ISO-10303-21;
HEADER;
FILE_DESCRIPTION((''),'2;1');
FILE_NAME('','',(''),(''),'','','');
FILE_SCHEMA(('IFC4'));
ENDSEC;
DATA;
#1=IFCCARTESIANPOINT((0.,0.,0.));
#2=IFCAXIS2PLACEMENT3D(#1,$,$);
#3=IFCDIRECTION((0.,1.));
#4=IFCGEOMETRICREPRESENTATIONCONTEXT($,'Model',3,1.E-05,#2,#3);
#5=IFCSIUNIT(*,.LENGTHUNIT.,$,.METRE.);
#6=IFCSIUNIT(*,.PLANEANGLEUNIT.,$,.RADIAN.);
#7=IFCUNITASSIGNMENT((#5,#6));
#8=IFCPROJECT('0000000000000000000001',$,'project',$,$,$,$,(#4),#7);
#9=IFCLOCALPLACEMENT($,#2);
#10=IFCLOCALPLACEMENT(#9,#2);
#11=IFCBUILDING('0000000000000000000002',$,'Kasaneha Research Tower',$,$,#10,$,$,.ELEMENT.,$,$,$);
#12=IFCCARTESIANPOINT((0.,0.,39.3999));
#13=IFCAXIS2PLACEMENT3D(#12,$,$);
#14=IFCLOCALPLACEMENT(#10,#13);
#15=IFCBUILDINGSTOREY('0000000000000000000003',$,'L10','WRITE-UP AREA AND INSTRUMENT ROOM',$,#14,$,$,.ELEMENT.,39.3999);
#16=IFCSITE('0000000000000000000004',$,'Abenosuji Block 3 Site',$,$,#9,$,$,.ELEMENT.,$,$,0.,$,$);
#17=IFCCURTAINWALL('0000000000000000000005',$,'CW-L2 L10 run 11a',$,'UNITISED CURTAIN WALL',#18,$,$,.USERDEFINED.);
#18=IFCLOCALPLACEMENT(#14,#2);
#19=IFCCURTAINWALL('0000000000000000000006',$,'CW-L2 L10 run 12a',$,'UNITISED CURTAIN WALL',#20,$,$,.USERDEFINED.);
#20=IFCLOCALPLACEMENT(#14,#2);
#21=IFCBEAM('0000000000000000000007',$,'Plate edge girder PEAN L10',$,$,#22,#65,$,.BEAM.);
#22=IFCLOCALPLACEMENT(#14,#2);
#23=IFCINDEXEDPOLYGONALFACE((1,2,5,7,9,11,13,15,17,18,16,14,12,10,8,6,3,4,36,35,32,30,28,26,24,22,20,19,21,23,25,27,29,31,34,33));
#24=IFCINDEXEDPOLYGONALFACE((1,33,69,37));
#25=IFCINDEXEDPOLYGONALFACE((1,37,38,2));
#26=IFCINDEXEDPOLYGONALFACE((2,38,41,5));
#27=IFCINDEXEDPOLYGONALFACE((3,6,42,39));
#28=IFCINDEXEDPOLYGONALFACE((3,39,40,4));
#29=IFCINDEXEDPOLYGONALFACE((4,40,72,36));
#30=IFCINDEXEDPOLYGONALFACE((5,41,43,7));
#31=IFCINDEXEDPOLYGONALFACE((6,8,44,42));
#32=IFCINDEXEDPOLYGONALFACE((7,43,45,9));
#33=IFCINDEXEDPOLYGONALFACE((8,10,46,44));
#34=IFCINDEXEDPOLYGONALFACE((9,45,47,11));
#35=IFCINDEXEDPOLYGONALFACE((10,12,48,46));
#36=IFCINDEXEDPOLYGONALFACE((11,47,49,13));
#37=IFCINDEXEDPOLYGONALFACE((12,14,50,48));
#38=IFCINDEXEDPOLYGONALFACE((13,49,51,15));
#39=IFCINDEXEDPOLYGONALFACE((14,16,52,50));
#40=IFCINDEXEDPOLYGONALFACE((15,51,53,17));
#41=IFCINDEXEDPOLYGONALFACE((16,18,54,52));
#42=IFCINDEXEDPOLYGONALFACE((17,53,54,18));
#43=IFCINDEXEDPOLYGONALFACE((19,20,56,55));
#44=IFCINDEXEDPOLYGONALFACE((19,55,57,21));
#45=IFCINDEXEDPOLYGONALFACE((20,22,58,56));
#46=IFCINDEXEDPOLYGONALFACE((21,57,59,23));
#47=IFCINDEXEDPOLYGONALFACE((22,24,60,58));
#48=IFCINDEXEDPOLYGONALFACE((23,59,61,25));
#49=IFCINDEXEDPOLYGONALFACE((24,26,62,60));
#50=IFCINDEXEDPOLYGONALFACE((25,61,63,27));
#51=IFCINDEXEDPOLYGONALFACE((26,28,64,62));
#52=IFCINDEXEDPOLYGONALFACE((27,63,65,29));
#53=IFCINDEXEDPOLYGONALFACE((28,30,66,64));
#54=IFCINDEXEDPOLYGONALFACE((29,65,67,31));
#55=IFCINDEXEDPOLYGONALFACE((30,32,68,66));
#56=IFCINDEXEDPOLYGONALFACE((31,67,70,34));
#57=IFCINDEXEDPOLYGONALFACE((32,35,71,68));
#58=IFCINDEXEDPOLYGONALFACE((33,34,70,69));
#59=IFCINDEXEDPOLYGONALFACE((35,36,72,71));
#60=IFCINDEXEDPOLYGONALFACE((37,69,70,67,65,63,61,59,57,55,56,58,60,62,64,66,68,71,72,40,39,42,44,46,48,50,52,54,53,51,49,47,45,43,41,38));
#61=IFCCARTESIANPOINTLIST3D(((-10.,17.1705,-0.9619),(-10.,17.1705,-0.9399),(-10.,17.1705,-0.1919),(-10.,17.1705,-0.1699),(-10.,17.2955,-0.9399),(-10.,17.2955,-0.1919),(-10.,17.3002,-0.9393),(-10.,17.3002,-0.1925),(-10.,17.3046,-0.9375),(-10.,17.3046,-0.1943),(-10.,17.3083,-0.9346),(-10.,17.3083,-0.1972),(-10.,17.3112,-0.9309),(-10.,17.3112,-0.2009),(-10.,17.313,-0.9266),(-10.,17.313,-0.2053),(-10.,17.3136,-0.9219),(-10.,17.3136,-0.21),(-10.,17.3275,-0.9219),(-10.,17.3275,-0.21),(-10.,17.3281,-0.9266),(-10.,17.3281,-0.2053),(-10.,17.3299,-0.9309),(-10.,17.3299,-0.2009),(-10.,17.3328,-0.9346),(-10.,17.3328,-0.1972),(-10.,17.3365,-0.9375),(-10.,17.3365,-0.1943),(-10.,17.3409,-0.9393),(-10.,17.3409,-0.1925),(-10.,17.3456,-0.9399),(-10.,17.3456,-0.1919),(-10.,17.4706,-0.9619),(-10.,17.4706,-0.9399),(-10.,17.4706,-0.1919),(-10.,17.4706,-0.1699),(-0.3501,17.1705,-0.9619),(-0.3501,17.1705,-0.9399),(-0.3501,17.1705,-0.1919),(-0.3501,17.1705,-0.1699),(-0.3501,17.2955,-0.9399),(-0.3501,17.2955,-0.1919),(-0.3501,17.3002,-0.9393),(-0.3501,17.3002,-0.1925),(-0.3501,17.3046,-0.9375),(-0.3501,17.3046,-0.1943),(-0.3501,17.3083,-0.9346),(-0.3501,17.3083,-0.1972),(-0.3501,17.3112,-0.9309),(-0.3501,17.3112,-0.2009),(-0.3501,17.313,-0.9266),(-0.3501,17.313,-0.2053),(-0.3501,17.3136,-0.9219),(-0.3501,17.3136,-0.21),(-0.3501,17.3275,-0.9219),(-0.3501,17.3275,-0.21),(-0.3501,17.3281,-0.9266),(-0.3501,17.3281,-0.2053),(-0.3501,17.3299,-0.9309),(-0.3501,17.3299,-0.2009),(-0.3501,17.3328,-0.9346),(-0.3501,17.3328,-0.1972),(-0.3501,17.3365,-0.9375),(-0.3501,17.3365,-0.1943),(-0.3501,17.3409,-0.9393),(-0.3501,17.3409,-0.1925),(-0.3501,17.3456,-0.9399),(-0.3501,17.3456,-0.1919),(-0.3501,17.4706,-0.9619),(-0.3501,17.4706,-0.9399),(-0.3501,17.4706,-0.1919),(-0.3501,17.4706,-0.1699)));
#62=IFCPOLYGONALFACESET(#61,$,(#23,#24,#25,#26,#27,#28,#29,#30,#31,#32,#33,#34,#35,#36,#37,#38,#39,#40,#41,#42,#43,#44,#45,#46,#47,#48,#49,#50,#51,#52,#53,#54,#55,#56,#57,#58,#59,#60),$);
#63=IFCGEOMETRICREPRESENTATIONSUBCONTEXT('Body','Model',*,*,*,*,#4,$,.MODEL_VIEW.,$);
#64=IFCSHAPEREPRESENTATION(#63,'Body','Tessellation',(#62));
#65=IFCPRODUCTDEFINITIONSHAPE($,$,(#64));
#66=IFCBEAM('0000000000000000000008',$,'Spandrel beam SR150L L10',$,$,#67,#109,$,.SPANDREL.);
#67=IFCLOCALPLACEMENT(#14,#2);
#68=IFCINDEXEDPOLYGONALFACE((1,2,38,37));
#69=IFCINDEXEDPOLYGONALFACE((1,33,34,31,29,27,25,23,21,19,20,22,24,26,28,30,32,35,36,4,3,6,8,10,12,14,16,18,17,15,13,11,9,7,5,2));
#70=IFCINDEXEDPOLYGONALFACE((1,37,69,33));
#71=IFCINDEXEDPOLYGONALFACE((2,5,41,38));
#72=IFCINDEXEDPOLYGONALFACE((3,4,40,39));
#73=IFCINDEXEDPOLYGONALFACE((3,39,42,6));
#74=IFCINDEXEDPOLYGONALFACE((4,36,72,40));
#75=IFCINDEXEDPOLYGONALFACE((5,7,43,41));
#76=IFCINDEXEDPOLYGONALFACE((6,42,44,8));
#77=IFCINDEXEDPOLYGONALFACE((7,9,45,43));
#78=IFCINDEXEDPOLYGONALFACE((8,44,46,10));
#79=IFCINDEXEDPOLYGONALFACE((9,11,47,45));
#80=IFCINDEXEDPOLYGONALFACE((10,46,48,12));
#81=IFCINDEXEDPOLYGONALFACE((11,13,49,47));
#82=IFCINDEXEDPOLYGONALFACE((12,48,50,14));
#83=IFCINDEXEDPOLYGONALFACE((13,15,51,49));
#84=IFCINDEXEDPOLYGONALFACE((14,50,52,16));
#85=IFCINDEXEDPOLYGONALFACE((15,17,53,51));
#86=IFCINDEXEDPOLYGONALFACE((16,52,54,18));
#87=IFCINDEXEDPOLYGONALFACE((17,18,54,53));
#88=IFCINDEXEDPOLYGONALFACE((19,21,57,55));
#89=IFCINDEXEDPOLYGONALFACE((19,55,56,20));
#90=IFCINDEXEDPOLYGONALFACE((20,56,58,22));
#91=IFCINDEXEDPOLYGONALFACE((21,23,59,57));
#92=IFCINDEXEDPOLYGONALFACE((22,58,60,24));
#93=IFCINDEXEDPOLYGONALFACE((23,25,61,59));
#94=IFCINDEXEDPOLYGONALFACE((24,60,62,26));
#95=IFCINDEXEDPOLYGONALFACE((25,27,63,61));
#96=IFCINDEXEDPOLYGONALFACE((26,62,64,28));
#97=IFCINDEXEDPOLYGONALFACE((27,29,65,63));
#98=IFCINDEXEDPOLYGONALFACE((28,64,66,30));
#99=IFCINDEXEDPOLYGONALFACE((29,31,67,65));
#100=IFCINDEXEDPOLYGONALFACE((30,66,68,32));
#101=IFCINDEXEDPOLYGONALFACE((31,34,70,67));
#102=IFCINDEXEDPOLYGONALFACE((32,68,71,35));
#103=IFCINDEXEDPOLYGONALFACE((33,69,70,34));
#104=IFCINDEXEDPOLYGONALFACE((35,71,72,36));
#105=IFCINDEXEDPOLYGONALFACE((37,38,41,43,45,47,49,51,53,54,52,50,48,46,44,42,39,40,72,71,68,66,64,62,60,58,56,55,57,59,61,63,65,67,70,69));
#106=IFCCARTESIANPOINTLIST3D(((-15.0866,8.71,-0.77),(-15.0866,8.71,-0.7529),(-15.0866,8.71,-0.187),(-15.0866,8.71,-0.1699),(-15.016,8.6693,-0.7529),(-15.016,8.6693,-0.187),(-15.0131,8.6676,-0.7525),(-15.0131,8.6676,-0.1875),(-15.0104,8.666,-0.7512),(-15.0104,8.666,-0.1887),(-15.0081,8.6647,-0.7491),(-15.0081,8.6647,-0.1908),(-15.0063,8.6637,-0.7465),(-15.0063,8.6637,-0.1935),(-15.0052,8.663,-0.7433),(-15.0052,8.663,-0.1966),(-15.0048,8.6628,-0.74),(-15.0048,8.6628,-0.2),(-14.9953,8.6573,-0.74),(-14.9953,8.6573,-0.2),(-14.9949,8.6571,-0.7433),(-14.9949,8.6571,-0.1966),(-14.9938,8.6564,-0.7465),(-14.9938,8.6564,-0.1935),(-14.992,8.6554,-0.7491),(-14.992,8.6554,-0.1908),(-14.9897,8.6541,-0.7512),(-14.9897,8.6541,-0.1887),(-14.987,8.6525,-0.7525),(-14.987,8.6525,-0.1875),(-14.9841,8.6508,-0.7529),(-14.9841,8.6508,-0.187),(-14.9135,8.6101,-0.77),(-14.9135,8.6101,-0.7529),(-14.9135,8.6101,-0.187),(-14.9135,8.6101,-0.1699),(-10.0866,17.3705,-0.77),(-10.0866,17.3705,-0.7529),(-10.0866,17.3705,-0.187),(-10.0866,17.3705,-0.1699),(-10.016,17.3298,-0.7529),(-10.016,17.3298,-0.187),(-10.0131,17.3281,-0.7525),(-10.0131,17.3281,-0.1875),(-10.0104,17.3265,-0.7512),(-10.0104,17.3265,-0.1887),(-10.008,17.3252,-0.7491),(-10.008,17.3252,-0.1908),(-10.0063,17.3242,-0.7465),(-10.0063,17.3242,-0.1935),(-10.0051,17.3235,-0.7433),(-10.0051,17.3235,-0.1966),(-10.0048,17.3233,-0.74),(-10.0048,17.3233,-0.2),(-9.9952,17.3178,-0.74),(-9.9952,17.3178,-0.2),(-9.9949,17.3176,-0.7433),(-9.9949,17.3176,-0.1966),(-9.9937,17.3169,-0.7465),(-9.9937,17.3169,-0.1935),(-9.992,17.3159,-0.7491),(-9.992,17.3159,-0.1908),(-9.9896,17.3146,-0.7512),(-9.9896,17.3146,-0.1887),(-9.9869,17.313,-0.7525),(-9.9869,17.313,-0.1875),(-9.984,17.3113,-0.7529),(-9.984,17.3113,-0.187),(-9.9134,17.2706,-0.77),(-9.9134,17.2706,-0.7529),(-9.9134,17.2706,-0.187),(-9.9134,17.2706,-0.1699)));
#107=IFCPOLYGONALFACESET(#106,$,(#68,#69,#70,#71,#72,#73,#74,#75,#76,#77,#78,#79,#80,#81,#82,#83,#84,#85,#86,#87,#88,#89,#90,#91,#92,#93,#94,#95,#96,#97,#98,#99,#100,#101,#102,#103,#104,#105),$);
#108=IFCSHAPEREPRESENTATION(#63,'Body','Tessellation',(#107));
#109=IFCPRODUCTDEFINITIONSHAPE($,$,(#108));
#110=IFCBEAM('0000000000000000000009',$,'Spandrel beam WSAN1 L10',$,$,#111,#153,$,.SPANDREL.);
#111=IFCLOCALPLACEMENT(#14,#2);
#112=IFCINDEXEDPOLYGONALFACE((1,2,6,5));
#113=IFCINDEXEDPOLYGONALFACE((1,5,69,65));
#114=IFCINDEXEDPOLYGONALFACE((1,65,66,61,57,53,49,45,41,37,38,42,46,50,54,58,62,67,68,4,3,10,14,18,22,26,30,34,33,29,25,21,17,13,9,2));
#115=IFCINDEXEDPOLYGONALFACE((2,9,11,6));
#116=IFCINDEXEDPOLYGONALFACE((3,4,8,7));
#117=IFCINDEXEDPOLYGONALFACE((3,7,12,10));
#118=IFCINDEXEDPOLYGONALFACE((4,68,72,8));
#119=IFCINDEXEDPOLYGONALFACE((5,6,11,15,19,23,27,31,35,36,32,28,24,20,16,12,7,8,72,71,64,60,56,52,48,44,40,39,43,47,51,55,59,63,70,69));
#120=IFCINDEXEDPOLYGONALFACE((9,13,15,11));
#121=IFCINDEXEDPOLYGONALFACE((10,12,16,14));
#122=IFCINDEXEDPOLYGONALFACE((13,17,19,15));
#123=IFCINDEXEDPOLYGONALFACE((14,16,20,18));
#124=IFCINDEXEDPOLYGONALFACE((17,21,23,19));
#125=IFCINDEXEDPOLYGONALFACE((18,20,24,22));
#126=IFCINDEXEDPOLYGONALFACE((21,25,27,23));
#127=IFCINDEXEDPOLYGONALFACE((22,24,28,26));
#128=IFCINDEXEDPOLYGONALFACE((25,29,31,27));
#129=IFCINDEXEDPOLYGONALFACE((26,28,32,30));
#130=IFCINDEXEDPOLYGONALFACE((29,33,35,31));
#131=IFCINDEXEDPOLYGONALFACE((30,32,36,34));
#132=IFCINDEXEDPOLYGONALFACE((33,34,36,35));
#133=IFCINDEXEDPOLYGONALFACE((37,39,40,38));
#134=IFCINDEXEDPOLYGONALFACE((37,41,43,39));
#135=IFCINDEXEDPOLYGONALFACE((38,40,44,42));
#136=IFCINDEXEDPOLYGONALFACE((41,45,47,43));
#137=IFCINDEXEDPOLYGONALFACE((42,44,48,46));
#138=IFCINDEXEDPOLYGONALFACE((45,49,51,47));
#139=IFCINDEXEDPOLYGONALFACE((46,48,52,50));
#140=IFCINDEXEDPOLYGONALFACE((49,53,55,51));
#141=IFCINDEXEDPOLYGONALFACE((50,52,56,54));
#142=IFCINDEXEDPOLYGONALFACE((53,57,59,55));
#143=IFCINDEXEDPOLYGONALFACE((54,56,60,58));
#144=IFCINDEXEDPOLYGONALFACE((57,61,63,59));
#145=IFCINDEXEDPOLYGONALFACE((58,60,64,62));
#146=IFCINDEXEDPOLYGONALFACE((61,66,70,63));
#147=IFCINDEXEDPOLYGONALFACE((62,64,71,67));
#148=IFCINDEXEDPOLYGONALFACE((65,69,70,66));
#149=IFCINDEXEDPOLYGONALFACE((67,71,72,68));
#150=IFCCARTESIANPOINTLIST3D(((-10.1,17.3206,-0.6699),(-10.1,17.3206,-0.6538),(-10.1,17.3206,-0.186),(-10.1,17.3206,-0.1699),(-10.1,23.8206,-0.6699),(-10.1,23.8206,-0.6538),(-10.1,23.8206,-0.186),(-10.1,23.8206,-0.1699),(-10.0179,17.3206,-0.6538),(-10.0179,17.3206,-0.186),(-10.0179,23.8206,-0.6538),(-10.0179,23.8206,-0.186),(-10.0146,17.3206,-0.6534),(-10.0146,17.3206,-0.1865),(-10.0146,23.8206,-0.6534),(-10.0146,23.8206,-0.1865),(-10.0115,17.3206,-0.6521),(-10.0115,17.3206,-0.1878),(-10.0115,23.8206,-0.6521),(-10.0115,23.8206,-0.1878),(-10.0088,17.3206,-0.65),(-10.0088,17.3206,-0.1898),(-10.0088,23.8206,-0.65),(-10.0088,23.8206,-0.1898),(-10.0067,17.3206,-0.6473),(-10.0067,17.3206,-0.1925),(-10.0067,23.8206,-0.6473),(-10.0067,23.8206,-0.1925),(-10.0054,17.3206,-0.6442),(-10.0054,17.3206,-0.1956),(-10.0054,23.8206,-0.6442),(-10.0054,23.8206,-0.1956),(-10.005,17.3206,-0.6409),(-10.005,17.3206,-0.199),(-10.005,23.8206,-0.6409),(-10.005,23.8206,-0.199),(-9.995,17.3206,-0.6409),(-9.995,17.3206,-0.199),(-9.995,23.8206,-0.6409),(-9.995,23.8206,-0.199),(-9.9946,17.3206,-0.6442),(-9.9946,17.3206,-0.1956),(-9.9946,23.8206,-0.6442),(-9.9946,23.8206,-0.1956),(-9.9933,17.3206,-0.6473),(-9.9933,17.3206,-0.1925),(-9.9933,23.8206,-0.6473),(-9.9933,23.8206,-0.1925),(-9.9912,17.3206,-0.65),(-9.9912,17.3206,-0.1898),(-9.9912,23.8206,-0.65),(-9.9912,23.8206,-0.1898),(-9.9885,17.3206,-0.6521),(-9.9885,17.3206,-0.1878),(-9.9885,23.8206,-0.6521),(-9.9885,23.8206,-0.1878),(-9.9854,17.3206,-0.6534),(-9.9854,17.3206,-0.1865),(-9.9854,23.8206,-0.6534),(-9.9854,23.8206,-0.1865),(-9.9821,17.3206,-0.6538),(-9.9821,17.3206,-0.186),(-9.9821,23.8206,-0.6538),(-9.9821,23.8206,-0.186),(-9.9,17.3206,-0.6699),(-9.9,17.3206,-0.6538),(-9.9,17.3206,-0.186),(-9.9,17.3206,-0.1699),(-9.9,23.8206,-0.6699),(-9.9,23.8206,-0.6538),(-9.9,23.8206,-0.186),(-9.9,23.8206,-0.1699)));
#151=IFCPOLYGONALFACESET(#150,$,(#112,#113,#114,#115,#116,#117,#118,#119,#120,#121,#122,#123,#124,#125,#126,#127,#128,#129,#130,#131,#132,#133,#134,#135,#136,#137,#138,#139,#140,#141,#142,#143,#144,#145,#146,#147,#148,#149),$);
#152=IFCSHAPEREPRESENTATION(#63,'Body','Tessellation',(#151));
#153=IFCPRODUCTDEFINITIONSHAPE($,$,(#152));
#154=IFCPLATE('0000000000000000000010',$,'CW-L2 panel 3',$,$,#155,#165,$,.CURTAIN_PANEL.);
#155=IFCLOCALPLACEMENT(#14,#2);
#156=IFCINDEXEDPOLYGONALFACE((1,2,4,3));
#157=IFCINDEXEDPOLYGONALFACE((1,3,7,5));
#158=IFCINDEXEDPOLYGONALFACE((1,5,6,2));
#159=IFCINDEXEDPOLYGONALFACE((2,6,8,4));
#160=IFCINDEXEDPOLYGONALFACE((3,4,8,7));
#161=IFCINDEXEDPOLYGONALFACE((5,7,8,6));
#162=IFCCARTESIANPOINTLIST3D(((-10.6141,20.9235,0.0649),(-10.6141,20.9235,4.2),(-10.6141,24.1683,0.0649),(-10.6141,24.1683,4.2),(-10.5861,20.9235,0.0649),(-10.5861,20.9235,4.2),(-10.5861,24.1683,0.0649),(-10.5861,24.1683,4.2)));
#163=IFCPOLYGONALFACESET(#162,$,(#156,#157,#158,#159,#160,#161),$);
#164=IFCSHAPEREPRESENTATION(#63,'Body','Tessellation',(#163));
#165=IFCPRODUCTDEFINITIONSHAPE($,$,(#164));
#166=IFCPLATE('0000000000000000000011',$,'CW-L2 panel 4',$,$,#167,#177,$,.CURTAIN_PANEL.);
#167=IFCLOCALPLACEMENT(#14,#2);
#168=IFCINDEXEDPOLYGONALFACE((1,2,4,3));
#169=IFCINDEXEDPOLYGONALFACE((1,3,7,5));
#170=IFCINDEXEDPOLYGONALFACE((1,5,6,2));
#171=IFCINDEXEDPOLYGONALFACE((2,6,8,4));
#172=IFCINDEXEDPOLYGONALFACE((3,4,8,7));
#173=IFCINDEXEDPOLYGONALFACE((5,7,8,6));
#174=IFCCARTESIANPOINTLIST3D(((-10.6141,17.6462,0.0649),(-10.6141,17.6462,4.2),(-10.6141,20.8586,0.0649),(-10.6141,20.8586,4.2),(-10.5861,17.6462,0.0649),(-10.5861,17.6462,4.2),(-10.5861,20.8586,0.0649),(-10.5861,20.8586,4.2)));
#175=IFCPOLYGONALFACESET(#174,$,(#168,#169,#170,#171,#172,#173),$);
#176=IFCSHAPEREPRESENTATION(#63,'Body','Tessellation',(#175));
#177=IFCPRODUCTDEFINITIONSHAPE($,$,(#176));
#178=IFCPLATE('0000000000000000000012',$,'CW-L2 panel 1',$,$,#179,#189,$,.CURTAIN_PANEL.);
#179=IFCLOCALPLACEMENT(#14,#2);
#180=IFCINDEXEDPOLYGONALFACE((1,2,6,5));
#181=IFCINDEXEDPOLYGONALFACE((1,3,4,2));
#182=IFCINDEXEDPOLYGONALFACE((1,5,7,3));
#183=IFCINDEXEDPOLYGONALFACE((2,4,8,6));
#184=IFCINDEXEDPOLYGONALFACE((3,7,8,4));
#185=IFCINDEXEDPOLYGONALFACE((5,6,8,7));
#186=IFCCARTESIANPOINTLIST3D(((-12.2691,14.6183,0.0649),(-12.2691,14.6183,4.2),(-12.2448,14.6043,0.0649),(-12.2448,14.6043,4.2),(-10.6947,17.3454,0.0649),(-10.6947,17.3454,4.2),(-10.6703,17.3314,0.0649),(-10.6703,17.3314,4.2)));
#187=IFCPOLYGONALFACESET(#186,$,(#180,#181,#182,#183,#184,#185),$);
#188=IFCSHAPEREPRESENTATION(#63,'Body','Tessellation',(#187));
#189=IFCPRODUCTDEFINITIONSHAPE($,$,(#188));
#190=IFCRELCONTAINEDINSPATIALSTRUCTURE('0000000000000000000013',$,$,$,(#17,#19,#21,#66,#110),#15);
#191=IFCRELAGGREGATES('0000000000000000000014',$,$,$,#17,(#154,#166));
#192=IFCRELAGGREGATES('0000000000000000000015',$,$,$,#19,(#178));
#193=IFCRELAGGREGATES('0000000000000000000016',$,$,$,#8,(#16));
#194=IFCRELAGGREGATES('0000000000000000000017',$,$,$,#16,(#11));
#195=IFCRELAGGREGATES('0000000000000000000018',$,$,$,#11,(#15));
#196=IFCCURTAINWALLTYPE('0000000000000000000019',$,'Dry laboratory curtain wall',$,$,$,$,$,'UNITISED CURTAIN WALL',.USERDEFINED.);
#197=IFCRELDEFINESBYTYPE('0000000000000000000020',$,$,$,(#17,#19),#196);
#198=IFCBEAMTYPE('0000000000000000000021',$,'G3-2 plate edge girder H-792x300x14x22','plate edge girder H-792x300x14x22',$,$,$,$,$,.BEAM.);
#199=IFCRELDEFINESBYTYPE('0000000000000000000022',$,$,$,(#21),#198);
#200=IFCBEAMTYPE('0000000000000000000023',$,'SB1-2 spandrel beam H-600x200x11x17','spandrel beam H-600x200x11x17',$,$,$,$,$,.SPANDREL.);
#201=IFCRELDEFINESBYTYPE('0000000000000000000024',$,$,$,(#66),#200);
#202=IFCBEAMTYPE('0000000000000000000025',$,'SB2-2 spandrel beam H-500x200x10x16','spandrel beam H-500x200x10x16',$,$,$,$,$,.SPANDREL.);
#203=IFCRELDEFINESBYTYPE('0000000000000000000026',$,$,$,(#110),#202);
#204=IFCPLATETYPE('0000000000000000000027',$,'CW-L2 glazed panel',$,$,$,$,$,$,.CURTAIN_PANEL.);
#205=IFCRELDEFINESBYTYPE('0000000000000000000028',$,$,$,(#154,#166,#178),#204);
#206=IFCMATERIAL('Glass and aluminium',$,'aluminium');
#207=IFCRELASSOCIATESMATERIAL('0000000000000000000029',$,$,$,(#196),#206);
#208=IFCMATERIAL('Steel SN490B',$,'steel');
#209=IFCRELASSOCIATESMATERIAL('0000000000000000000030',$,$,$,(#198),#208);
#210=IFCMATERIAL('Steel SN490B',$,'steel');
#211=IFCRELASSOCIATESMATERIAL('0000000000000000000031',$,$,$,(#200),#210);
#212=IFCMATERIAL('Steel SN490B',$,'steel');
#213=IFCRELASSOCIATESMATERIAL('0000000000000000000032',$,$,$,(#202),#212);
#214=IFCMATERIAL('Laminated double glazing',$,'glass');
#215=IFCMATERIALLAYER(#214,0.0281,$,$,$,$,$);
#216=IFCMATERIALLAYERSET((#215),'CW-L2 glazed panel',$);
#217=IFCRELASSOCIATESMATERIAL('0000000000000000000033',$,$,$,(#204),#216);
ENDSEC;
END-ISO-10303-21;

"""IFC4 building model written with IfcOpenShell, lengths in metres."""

from ifc_helpers import new_model, si_unit, direction, frame, origin, origin_2d, place, context, subcontext, project, spatial, rectangle, i_section, extrude, material, layer, layer_set, material_profile, profile_set, type_object, element, aggregate, save


model = new_model("IFC4")

# Units and contexts
model_context = context("Model", 3, precision=1e-05, world=origin(), true_north=direction((0.0, 1.0)))
body_context = subcontext(model_context, "Body", "Model", "MODEL_VIEW")
ifc_project = project(units=[si_unit("LENGTHUNIT", "METRE"), si_unit("PLANEANGLEUNIT", "RADIAN")], contexts=[model_context])

# Site, building, storey
site_placement = place(None, origin())
site = spatial("IfcSite", under=ifc_project, at=site_placement, Name="Abenosuji Block 3 Site", CompositionType="ELEMENT", RefElevation=0.0)
building_placement = place(site_placement, origin())
building = spatial("IfcBuilding", under=site, at=building_placement, Name="Kasaneha Research Tower", CompositionType="ELEMENT")
storey_placement = place(building_placement, frame((0.0, 0.0, 39.3999)))
storey = spatial("IfcBuildingStorey", under=building, at=storey_placement, Name="L10", Description="WRITE-UP AREA AND INSTRUMENT ROOM", CompositionType="ELEMENT", Elevation=39.3999)

# Curtain walls
ifc_material_1 = material(Name="Glass and aluminium", Category="aluminium")
curtain_wall_type = type_object("IfcCurtainWallType", Name="Dry laboratory curtain wall", ElementType="UNITISED CURTAIN WALL", PredefinedType="USERDEFINED", material=ifc_material_1)
curtain_wall_1_placement = place(storey_placement, origin())
curtain_wall_1 = element("IfcCurtainWall", 1, at=curtain_wall_1_placement, inside=storey, type_object=curtain_wall_type, Name="CW-L2 L10 run 11a", ObjectType="UNITISED CURTAIN WALL", PredefinedType="USERDEFINED")
curtain_wall_2_placement = place(storey_placement, origin())
curtain_wall_2 = element("IfcCurtainWall", 2, at=curtain_wall_2_placement, inside=storey, type_object=curtain_wall_type, Name="CW-L2 L10 run 12a", ObjectType="UNITISED CURTAIN WALL", PredefinedType="USERDEFINED")

# Beams
ifc_material_2 = material(Name="Steel SN490B", Category="steel")
ifc_material_profile_1 = material_profile(ifc_material_2, i_section(OverallWidth=0.3, OverallDepth=0.792, WebThickness=0.0139, FlangeThickness=0.022, FilletRadius=0.0181, at=origin_2d()), Name="H-792x300x14x22")
ifc_profile_set_1 = profile_set([ifc_material_profile_1], Name="Steel SN490B")
beam_type_1 = type_object("IfcBeamType", Name="G3-2 plate edge girder H-792x300x14x22", Description="plate edge girder H-792x300x14x22", PredefinedType="BEAM", material=ifc_profile_set_1)
beam_1_placement = place(storey_placement, frame((-10.0, 17.3206, -0.5659), z_axis=(1.0, 0.0, 0.0), x_axis=(0.0, 1.0, 0.0)))
element("IfcBeam", 3, at=beam_1_placement, inside=storey, type_object=beam_type_1, Name="Plate edge girder PEAN L10", PredefinedType="BEAM", context=body_context, shape_type="SweptSolid", body=[
    extrude(i_section(OverallWidth=0.3, OverallDepth=0.792, WebThickness=0.0139, FlangeThickness=0.022, FilletRadius=0.0181, at=origin_2d()), origin(), (0.0, 0.0, 1.0), 9.6499),
])
ifc_material_3 = material(Name="Steel SN490B", Category="steel")
ifc_material_profile_2 = material_profile(ifc_material_3, i_section(OverallWidth=0.2, OverallDepth=0.6001, WebThickness=0.011, FlangeThickness=0.0171, FilletRadius=0.0129, at=origin_2d()), Name="H-600x200x11x17")
ifc_profile_set_2 = profile_set([ifc_material_profile_2], Name="Steel SN490B")
beam_type_2 = type_object("IfcBeamType", Name="SB1-2 spandrel beam H-600x200x11x17", Description="spandrel beam H-600x200x11x17", PredefinedType="SPANDREL", material=ifc_profile_set_2)
beam_2_placement = place(storey_placement, frame((-10.0, 17.3206, -0.47), z_axis=(-0.499994, -0.866029, 0.0), x_axis=(0.866029, -0.499994, 0.0)))
element("IfcBeam", 4, at=beam_2_placement, inside=storey, type_object=beam_type_2, Name="Spandrel beam SR150L L10", PredefinedType="SPANDREL", context=body_context, shape_type="SweptSolid", body=[
    extrude(i_section(OverallWidth=0.2, OverallDepth=0.6001, WebThickness=0.011, FlangeThickness=0.0171, FilletRadius=0.0129, at=origin_2d()), origin(), (0.0, 0.0, 1.0), 10.0002),
])
ifc_material_4 = material(Name="Steel SN490B", Category="steel")
ifc_material_profile_3 = material_profile(ifc_material_4, i_section(OverallWidth=0.2, OverallDepth=0.5, WebThickness=0.01, FlangeThickness=0.0161, FilletRadius=0.0129, at=origin_2d()), Name="H-500x200x10x16")
ifc_profile_set_3 = profile_set([ifc_material_profile_3], Name="Steel SN490B")
beam_type_3 = type_object("IfcBeamType", Name="SB2-2 spandrel beam H-500x200x10x16", Description="spandrel beam H-500x200x10x16", PredefinedType="SPANDREL", material=ifc_profile_set_3)
beam_3_placement = place(storey_placement, frame((-10.0, 17.3206, -0.4199), z_axis=(0.0, 1.0, 0.0), x_axis=(-1.0, 0.0, 0.0)))
element("IfcBeam", 5, at=beam_3_placement, inside=storey, type_object=beam_type_3, Name="Spandrel beam WSAN1 L10", PredefinedType="SPANDREL", context=body_context, shape_type="SweptSolid", body=[
    extrude(i_section(OverallWidth=0.2, OverallDepth=0.5, WebThickness=0.01, FlangeThickness=0.0161, FilletRadius=0.0129, at=origin_2d()), origin(), (0.0, 0.0, 1.0), 6.5),
])

# Plates
ifc_material_5 = material(Name="Laminated double glazing", Category="glass")
ifc_layer_1 = layer(ifc_material_5, 0.0281)
ifc_layer_set_1 = layer_set([ifc_layer_1], Name="CW-L2 glazed panel")
plate_type = type_object("IfcPlateType", Name="CW-L2 glazed panel", PredefinedType="CURTAIN_PANEL", material=ifc_layer_set_1)
plate_1_placement = place(storey_placement, frame((-10.6001, 22.5459, 0.0649), z_axis=(0.0, 0.0, 1.0), x_axis=(0.0, -1.0, 0.0)))
plate_1 = element("IfcPlate", 6, at=plate_1_placement, type_object=plate_type, Name="CW-L2 panel 3", PredefinedType="CURTAIN_PANEL", context=body_context, shape_type="SweptSolid", body=[
    extrude(rectangle(XDim=3.2449, YDim=0.0281, at=origin_2d()), origin(), (0.0, 0.0, 1.0), 4.135),
])
plate_2_placement = place(storey_placement, frame((-10.6001, 19.2524, 0.0649), z_axis=(0.0, 0.0, 1.0), x_axis=(0.0, -1.0, 0.0)))
plate_2 = element("IfcPlate", 7, at=plate_2_placement, type_object=plate_type, Name="CW-L2 panel 4", PredefinedType="CURTAIN_PANEL", context=body_context, shape_type="SweptSolid", body=[
    extrude(rectangle(XDim=3.2124, YDim=0.0281, at=origin_2d()), origin(), (0.0, 0.0, 1.0), 4.135),
])
aggregate(curtain_wall_1, [plate_1, plate_2])
plate_3_placement = place(storey_placement, frame((-11.4697, 15.9749, 0.0649), z_axis=(0.0, 0.0, 1.0), x_axis=(-0.5, -0.866025, 0.0)))
plate_3 = element("IfcPlate", 8, at=plate_3_placement, type_object=plate_type, Name="CW-L2 panel 1", PredefinedType="CURTAIN_PANEL", context=body_context, shape_type="SweptSolid", body=[
    extrude(rectangle(XDim=3.1489, YDim=0.0281, at=origin_2d()), origin(), (0.0, 0.0, 1.0), 4.135),
])
aggregate(curtain_wall_2, [plate_3])

save(model, "model.ifc")
